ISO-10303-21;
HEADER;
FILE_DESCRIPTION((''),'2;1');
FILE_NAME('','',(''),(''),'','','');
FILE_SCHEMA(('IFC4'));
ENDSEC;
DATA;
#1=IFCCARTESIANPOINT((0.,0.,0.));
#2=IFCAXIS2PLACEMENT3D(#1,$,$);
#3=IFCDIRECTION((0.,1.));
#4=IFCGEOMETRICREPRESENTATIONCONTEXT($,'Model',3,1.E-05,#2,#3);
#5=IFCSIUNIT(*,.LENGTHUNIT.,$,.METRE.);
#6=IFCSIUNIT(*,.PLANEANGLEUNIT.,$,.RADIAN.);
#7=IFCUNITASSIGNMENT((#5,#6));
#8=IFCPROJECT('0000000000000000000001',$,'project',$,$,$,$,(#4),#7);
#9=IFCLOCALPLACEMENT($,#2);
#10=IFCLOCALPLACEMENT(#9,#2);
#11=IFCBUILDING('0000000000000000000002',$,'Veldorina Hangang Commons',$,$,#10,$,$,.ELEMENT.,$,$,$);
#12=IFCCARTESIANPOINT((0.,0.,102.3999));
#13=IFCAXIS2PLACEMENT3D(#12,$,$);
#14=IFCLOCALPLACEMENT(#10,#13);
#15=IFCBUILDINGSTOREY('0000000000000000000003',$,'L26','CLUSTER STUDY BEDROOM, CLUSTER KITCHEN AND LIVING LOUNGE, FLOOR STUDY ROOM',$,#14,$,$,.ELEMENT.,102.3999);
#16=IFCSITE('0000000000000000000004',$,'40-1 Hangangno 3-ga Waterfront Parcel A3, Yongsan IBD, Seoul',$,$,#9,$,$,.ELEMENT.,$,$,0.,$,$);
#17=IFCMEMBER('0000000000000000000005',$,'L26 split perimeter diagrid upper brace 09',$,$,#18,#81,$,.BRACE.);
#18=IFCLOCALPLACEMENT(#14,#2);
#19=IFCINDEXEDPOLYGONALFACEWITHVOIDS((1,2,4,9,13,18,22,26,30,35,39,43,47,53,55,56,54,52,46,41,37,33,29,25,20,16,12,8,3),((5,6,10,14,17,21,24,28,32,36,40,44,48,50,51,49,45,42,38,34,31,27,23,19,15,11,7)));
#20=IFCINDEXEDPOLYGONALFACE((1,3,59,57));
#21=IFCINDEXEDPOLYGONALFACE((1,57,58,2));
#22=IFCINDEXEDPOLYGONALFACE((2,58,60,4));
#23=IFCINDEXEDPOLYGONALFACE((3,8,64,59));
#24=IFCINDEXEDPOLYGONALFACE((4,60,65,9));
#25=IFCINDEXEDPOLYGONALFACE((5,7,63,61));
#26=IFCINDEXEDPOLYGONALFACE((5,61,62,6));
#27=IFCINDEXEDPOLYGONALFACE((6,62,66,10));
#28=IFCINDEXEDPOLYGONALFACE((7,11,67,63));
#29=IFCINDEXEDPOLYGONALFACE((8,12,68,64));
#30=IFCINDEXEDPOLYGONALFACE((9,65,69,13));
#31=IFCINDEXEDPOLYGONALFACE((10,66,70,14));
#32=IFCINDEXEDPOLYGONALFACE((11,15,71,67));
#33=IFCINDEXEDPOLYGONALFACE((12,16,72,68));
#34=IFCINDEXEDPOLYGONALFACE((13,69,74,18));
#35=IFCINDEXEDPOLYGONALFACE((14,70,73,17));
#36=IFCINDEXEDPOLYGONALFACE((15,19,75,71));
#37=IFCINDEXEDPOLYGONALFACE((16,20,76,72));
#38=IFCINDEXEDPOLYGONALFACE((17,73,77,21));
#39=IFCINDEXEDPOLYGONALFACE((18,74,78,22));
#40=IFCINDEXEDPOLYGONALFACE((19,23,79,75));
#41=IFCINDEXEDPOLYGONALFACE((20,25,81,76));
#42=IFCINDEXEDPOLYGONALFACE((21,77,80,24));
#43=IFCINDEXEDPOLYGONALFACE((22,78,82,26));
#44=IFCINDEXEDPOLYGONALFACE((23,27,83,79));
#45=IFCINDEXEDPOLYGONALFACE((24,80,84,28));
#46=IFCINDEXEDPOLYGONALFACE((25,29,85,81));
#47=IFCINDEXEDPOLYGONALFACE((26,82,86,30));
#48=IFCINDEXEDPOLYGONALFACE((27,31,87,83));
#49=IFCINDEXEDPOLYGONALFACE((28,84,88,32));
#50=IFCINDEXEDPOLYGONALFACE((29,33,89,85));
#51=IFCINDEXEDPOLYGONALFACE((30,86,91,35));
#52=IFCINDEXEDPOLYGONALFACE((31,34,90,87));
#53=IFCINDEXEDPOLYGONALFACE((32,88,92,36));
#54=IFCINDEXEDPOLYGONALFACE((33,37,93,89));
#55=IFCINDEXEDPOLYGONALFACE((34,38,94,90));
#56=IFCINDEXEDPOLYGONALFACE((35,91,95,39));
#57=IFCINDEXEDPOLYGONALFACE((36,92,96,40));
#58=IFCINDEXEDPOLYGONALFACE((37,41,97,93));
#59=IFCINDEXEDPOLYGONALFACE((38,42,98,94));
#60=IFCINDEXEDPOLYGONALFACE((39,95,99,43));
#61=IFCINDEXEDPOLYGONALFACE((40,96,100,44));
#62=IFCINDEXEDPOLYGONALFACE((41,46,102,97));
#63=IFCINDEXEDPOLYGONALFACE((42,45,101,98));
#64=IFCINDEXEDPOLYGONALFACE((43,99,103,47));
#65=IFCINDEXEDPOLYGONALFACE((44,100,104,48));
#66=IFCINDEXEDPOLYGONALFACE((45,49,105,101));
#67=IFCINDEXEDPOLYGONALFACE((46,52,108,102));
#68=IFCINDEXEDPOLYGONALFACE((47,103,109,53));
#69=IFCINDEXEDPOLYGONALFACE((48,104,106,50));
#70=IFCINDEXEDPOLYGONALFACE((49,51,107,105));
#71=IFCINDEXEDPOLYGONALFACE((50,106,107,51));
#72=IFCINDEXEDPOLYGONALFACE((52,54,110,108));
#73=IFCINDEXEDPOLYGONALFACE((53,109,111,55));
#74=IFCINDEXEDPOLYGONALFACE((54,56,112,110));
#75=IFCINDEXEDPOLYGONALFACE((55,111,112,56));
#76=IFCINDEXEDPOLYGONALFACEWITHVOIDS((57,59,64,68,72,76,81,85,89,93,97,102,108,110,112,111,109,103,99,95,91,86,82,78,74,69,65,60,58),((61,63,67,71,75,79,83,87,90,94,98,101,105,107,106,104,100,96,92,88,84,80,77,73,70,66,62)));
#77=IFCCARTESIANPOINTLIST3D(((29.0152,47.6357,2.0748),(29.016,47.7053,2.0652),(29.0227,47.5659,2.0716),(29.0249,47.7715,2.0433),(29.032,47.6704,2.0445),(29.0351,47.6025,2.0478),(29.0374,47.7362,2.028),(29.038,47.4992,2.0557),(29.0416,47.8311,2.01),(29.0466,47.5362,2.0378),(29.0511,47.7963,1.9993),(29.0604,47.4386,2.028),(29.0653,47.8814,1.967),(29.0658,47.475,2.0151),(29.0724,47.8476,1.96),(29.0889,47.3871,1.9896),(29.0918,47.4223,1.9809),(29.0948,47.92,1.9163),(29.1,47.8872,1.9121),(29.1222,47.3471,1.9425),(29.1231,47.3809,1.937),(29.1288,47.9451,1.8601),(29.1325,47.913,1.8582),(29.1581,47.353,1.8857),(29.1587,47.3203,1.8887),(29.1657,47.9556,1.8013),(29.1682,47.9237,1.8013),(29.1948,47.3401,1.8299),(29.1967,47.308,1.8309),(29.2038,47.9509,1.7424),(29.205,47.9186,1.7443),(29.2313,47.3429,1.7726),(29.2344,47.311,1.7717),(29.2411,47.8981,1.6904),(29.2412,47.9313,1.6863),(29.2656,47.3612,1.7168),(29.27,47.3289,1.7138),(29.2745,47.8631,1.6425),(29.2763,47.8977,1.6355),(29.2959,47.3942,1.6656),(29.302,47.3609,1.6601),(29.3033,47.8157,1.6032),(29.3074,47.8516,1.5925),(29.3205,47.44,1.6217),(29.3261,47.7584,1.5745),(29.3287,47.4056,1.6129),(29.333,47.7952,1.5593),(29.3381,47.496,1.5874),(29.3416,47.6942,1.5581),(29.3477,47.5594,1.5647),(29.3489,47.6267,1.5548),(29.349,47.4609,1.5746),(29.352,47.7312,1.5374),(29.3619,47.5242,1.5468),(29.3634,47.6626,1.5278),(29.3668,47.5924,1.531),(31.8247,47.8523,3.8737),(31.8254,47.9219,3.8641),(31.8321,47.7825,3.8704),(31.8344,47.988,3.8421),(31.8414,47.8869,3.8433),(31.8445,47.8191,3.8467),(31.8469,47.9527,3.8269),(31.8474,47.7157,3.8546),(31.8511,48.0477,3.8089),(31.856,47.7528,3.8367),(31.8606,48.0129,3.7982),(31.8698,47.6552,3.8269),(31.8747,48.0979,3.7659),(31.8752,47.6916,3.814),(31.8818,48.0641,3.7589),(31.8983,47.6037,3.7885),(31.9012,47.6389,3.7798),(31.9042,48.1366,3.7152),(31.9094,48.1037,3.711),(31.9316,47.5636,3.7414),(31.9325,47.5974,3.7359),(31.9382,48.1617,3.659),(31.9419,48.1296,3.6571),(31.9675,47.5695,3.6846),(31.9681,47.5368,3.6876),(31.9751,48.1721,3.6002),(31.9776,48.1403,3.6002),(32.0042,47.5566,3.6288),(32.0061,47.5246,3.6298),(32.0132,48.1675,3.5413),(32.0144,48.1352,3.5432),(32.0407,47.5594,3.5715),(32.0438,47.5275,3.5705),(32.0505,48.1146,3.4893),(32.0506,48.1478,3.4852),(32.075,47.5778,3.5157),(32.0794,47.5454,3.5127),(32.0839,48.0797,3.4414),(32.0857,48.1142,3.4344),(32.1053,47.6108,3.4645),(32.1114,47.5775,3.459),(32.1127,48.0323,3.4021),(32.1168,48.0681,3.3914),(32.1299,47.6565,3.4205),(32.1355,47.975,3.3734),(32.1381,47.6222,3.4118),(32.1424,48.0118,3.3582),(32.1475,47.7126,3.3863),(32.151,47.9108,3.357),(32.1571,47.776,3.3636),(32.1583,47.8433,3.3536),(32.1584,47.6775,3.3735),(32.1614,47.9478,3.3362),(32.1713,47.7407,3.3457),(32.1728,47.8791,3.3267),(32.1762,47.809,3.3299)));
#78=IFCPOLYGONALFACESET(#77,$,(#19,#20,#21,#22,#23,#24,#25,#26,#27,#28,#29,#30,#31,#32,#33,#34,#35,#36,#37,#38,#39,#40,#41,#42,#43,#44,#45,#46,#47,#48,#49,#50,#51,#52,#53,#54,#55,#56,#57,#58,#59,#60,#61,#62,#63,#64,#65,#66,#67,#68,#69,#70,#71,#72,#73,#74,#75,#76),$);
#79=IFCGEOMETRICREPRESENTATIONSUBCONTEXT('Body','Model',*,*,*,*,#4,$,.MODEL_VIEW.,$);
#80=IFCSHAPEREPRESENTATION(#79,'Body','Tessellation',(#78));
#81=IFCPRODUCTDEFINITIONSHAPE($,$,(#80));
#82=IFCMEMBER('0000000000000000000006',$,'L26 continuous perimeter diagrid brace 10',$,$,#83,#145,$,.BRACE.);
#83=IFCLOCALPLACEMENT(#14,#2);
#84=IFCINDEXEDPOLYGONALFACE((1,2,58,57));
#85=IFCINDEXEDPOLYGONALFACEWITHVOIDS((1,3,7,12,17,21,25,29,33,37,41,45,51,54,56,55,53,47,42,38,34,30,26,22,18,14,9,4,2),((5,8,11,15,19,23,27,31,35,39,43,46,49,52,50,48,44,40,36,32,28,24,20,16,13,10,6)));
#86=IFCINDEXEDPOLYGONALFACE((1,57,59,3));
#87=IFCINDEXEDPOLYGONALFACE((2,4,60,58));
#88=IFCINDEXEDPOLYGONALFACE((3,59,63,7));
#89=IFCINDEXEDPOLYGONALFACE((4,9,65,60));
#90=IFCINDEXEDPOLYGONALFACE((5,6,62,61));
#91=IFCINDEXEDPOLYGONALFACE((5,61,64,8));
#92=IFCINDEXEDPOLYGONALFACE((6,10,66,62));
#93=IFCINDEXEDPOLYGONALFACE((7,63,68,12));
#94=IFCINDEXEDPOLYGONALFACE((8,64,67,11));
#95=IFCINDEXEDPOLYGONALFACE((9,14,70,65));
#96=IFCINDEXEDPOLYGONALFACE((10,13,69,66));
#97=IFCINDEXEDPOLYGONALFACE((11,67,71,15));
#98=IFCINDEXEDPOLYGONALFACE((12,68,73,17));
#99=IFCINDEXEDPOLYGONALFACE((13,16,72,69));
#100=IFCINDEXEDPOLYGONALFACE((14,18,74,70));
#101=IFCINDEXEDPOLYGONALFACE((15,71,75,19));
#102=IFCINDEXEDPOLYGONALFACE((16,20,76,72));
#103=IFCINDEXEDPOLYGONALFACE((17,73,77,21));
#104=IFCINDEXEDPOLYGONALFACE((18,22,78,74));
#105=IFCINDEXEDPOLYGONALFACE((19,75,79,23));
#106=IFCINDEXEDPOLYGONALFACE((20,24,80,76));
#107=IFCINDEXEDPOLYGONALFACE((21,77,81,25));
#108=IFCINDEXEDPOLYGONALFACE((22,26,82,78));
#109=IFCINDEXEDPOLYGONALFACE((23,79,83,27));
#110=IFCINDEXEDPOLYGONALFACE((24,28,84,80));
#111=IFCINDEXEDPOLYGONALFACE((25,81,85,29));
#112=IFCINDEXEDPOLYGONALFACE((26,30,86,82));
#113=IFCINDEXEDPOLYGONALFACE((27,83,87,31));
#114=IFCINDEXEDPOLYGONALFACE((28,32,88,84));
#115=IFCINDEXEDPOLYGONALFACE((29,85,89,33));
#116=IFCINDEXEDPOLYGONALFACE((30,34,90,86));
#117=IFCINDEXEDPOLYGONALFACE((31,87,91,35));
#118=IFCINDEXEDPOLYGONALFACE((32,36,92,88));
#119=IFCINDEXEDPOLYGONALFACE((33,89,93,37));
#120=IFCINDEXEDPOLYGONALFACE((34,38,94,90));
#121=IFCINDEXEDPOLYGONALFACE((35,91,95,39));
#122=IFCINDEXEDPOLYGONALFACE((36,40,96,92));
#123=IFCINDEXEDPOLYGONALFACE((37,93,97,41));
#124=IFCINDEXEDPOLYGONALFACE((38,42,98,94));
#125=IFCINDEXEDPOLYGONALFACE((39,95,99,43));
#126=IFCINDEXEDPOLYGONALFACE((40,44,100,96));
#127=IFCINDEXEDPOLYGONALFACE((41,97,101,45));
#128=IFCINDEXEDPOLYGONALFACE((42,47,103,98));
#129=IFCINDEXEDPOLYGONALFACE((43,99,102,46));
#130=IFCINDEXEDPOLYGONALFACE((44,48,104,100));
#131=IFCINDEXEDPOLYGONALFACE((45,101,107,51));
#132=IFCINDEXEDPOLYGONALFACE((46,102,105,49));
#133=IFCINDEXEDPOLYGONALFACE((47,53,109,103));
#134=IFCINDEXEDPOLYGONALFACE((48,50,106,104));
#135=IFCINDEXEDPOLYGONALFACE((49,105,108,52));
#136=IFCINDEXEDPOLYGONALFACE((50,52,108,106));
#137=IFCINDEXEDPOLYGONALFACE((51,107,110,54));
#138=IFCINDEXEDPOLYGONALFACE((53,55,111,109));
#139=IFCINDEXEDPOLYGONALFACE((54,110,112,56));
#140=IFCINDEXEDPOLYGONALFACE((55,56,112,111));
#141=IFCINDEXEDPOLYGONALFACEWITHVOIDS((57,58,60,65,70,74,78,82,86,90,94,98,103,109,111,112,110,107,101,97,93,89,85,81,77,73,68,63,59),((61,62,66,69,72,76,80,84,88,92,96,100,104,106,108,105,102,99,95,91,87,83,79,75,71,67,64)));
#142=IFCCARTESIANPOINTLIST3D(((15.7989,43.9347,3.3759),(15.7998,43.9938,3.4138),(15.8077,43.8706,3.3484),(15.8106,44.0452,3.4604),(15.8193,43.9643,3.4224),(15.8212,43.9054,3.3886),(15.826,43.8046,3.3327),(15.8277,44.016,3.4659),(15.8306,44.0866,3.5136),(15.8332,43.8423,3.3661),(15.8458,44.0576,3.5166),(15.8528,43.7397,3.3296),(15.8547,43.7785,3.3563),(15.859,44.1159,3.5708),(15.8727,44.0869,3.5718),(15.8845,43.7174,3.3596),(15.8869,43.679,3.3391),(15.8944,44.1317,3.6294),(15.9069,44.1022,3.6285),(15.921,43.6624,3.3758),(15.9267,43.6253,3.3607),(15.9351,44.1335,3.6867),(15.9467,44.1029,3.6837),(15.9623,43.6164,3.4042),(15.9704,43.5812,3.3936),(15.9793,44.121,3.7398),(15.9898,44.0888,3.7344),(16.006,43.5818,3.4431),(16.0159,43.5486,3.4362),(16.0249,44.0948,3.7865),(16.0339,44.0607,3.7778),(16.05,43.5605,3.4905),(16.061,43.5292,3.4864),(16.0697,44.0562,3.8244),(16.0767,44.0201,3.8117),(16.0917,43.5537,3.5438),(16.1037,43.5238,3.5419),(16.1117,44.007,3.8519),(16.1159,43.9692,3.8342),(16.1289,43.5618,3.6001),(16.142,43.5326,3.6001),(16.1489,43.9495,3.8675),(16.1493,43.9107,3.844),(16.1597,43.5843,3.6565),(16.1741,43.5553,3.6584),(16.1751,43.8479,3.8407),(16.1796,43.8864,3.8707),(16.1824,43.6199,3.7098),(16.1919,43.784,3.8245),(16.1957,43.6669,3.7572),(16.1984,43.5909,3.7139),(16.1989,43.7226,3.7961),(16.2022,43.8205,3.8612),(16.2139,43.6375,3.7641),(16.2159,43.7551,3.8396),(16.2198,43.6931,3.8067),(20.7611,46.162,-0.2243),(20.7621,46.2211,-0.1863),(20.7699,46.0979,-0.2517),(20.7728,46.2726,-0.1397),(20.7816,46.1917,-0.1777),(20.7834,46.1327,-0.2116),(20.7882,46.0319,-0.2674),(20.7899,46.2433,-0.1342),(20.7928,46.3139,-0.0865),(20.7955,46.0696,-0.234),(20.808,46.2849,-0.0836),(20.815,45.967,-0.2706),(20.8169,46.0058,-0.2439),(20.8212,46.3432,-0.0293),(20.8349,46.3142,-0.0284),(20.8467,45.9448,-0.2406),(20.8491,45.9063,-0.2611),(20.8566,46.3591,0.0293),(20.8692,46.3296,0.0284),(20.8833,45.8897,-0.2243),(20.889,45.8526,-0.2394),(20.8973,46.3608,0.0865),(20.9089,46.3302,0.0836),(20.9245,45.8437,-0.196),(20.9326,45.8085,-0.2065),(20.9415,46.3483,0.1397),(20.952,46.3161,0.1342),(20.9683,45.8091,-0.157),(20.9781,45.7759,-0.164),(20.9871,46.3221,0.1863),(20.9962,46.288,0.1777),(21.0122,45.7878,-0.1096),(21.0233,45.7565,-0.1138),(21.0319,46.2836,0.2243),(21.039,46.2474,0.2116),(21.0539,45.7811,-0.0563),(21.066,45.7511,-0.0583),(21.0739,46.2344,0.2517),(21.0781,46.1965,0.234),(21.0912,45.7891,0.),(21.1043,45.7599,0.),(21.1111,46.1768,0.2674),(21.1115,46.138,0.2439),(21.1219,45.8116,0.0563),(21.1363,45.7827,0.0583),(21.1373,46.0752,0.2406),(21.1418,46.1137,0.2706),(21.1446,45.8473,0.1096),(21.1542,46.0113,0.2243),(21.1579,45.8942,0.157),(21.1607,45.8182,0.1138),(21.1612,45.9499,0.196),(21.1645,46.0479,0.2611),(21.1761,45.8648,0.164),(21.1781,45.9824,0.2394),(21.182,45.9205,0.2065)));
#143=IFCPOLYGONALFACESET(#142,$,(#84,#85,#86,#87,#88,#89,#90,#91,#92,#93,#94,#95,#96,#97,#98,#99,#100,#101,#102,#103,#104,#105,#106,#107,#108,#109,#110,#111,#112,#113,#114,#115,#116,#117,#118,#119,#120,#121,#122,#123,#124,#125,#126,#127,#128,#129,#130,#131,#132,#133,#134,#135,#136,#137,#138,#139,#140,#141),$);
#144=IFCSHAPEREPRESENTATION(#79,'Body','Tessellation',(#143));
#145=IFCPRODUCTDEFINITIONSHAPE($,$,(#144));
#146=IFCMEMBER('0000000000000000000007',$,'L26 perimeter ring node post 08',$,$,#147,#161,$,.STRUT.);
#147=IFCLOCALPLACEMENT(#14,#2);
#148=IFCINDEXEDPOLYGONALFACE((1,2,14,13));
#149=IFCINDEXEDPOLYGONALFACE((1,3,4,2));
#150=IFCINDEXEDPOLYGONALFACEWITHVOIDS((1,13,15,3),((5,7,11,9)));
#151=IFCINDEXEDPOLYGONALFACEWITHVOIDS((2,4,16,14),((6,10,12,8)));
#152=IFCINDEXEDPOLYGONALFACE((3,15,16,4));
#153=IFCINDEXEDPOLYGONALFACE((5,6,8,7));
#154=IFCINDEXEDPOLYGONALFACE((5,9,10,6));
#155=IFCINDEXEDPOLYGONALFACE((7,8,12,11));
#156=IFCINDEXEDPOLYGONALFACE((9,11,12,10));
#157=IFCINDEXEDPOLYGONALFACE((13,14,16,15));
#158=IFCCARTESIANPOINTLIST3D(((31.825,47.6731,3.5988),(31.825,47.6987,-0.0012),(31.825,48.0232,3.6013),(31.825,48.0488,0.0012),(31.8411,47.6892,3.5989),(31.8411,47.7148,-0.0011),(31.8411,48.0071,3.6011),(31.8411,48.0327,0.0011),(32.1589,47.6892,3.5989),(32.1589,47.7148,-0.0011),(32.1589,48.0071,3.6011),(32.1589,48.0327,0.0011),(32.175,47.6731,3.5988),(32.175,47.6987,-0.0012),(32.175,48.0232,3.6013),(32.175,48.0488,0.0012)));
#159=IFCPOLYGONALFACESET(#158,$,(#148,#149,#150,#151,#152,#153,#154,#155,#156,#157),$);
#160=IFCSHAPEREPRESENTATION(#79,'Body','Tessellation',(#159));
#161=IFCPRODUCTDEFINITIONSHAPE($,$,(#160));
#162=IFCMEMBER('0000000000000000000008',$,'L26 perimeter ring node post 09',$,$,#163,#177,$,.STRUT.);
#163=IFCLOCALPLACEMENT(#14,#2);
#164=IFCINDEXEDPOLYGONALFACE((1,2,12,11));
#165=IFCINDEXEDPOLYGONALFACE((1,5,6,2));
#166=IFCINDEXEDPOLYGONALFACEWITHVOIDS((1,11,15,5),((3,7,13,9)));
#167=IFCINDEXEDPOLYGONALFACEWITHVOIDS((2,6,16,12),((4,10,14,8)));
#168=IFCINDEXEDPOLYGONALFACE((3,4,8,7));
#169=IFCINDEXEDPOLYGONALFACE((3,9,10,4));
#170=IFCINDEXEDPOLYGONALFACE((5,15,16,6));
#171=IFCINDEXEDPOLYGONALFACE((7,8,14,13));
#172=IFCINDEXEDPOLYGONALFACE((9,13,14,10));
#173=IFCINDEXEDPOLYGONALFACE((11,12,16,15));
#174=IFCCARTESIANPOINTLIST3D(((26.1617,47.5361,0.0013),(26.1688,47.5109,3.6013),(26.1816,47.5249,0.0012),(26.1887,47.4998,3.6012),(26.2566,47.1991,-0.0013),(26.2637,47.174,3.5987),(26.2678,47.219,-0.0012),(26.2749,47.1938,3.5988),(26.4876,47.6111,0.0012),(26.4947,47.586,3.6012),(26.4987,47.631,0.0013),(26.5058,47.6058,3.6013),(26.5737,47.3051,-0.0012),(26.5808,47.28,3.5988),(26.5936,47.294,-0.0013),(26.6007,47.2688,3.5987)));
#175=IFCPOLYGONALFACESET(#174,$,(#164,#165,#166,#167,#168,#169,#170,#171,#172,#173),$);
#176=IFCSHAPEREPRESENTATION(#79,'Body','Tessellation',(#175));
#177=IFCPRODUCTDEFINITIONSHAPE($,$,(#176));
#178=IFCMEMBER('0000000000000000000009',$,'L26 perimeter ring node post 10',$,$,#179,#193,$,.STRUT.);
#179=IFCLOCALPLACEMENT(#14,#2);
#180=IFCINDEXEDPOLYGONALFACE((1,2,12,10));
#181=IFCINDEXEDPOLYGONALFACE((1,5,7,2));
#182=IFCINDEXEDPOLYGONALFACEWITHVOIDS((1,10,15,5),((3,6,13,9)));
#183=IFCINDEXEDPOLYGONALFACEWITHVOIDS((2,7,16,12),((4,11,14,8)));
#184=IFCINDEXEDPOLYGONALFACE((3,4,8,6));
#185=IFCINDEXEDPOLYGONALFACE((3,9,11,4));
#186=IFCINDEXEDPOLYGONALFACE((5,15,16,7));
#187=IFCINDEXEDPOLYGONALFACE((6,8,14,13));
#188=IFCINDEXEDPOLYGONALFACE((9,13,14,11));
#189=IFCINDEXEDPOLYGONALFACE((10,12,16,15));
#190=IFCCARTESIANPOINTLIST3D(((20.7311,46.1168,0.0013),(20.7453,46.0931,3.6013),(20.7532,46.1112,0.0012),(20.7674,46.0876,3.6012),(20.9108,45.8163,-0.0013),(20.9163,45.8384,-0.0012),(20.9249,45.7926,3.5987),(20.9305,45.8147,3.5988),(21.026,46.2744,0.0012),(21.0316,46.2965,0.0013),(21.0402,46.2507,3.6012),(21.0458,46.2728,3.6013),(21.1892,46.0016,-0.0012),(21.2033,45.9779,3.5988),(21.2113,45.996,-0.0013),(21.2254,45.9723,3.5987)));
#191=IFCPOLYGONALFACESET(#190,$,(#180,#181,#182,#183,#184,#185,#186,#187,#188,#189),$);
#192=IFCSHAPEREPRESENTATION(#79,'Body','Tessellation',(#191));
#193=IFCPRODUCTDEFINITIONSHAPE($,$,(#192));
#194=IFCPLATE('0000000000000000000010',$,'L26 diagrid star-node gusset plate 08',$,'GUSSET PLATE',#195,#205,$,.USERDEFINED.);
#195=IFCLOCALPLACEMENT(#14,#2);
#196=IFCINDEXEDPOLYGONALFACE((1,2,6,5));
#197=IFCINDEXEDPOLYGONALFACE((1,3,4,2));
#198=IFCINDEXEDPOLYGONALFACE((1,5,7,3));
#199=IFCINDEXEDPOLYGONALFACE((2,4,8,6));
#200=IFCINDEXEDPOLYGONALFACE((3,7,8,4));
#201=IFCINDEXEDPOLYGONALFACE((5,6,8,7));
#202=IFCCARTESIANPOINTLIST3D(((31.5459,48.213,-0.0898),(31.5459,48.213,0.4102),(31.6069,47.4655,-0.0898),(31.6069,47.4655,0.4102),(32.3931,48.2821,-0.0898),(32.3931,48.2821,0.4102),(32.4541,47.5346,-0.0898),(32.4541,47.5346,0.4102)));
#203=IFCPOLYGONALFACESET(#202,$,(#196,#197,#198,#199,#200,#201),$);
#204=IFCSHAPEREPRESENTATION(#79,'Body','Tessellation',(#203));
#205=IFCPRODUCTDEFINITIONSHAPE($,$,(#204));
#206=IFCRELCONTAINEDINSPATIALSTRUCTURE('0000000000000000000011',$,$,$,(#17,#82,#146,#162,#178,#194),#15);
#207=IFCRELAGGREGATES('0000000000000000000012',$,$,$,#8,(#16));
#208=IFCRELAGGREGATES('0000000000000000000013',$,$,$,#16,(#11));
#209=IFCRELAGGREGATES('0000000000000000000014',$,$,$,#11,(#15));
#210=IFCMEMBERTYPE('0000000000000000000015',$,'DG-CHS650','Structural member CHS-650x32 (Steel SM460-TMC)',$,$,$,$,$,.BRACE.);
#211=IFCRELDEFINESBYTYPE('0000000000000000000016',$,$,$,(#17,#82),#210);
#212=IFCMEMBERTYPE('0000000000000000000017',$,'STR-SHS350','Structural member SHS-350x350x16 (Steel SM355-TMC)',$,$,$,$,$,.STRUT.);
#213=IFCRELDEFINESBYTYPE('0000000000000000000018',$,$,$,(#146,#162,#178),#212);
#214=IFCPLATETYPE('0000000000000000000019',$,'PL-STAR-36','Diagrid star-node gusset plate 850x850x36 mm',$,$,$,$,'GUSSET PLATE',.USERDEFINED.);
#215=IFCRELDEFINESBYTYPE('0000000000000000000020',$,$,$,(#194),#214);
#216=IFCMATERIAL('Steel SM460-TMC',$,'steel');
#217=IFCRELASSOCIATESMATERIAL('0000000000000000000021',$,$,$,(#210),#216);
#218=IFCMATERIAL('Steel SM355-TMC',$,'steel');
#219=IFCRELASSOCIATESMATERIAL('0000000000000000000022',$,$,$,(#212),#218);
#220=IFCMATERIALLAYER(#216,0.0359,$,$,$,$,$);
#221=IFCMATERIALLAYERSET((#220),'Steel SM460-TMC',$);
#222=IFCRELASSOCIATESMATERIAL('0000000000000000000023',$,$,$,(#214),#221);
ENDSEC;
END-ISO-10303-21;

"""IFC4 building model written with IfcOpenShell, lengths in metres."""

from ifc_helpers import new_model, si_unit, direction, frame, origin, origin_2d, place, context, subcontext, project, spatial, rectangle, hollow_rectangle, hollow_circle, extrude, material, layer, layer_set, material_profile, profile_set, type_object, element, save


model = new_model("IFC4")

# Units and contexts
model_context = context("Model", 3, precision=1e-05, world=origin(), true_north=direction((0.0, 1.0)))
body_context = subcontext(model_context, "Body", "Model", "MODEL_VIEW")
ifc_project = project(units=[si_unit("LENGTHUNIT", "METRE"), si_unit("PLANEANGLEUNIT", "RADIAN")], contexts=[model_context])

# Site, building, storey
site_placement = place(None, origin())
site = spatial("IfcSite", under=ifc_project, at=site_placement, Name="40-1 Hangangno 3-ga Waterfront Parcel A3, Yongsan IBD, Seoul", CompositionType="ELEMENT", RefElevation=0.0)
building_placement = place(site_placement, origin())
building = spatial("IfcBuilding", under=site, at=building_placement, Name="Veldorina Hangang Commons", CompositionType="ELEMENT")
storey_placement = place(building_placement, frame((0.0, 0.0, 102.3999)))
storey = spatial("IfcBuildingStorey", under=building, at=storey_placement, Name="L26", Description="CLUSTER STUDY BEDROOM, CLUSTER KITCHEN AND LIVING LOUNGE, FLOOR STUDY ROOM", CompositionType="ELEMENT", Elevation=102.3999)

# Shared definitions
ifc_material_1 = material(Name="Steel SM355-TMC", Category="steel")

# Members
ifc_material_2 = material(Name="Steel SM460-TMC", Category="steel")
ifc_material_profile_1 = material_profile(ifc_material_2, hollow_circle(Radius=0.325, WallThickness=0.032, at=origin_2d()), Name="CHS-650x32")
ifc_profile_set_1 = profile_set([ifc_material_profile_1], Name="Steel SM460-TMC")
member_type_1 = type_object("IfcMemberType", Name="DG-CHS650", Description="Structural member CHS-650x32 (Steel SM460-TMC)", PredefinedType="BRACE", material=ifc_profile_set_1)
member_1_placement = place(storey_placement, frame((29.1907, 47.6316, 1.8013), z_axis=(0.840386, 0.06478, 0.538104), x_axis=(-0.076856, 0.997042, 0.0)))
element("IfcMember", 1, at=member_1_placement, inside=storey, type_object=member_type_1, Name="L26 split perimeter diagrid upper brace 09", PredefinedType="BRACE", context=body_context, shape_type="SweptSolid", body=[
    extrude(hollow_circle(Radius=0.325, WallThickness=0.032, at=origin_2d()), origin(), (0.0, 0.0, 1.0), 3.343),
])
member_2_placement = place(storey_placement, frame((20.9712, 46.0564, 0.0), z_axis=(-0.760762, -0.341472, 0.551941), x_axis=(0.409497, -0.912312, 0.0)))
element("IfcMember", 2, at=member_2_placement, inside=storey, type_object=member_type_1, Name="L26 continuous perimeter diagrid brace 10", PredefinedType="BRACE", context=body_context, shape_type="SweptSolid", body=[
    extrude(hollow_circle(Radius=0.325, WallThickness=0.032, at=origin_2d()), origin(), (0.0, 0.0, 1.0), 6.5227),
])
ifc_material_profile_2 = material_profile(ifc_material_1, hollow_rectangle(XDim=0.3501, YDim=0.3501, WallThickness=0.0161, at=origin_2d()), Name="SHS-350x350x16")
ifc_profile_set_2 = profile_set([ifc_material_profile_2], Name="Steel SM355-TMC")
member_type_2 = type_object("IfcMemberType", Name="STR-SHS350", Description="Structural member SHS-350x350x16 (Steel SM355-TMC)", PredefinedType="STRUT", material=ifc_profile_set_2)
for number, where, z_axis, x_axis, name in (
    (3, (32.0, 47.8738, 0.0), (0.0, -0.00712, 0.999975), (1.0, 0.0, 0.0), "L26 perimeter ring node post 08"),
    (4, (26.3777, 47.415, 0.0), (0.001967, -0.006985, 0.999974), (0.962575, 0.271016, 0.0), "L26 perimeter ring node post 09"),
    (5, (20.9712, 46.0564, 0.0), (0.003933, -0.006578, 0.999971), (0.858273, 0.513194, 0.0), "L26 perimeter ring node post 10"),
):
    element("IfcMember", number, at=place(storey_placement, frame(where, z_axis=z_axis, x_axis=x_axis)), inside=storey, type_object=member_type_2, Name=name, PredefinedType="STRUT", context=body_context, shape_type="SweptSolid", body=[
        extrude(hollow_rectangle(XDim=0.3501, YDim=0.3501, WallThickness=0.0161, at=origin_2d()), origin(), (0.0, 0.0, 1.0), 3.6001),
    ])

# Plate
ifc_layer_1 = layer(ifc_material_2, 0.0359)
ifc_layer_set_1 = layer_set([ifc_layer_1], Name="Steel SM460-TMC")
plate_type = type_object("IfcPlateType", Name="PL-STAR-36", Description="Diagrid star-node gusset plate 850x850x36 mm", ElementType="GUSSET PLATE", PredefinedType="USERDEFINED", material=ifc_layer_set_1)
plate_1_placement = place(storey_placement, frame((32.0, 47.8738, -0.0898), z_axis=(0.0, 0.0, 1.0), x_axis=(-0.996689, -0.081312, 0.0)))
element("IfcPlate", 6, at=plate_1_placement, inside=storey, type_object=plate_type, Name="L26 diagrid star-node gusset plate 08", ObjectType="GUSSET PLATE", PredefinedType="USERDEFINED", context=body_context, shape_type="SweptSolid", body=[
    extrude(rectangle(XDim=0.8501, YDim=0.75, at=origin_2d()), origin(), (0.0, 0.0, 1.0), 0.5),
])

save(model, "model.ifc")
